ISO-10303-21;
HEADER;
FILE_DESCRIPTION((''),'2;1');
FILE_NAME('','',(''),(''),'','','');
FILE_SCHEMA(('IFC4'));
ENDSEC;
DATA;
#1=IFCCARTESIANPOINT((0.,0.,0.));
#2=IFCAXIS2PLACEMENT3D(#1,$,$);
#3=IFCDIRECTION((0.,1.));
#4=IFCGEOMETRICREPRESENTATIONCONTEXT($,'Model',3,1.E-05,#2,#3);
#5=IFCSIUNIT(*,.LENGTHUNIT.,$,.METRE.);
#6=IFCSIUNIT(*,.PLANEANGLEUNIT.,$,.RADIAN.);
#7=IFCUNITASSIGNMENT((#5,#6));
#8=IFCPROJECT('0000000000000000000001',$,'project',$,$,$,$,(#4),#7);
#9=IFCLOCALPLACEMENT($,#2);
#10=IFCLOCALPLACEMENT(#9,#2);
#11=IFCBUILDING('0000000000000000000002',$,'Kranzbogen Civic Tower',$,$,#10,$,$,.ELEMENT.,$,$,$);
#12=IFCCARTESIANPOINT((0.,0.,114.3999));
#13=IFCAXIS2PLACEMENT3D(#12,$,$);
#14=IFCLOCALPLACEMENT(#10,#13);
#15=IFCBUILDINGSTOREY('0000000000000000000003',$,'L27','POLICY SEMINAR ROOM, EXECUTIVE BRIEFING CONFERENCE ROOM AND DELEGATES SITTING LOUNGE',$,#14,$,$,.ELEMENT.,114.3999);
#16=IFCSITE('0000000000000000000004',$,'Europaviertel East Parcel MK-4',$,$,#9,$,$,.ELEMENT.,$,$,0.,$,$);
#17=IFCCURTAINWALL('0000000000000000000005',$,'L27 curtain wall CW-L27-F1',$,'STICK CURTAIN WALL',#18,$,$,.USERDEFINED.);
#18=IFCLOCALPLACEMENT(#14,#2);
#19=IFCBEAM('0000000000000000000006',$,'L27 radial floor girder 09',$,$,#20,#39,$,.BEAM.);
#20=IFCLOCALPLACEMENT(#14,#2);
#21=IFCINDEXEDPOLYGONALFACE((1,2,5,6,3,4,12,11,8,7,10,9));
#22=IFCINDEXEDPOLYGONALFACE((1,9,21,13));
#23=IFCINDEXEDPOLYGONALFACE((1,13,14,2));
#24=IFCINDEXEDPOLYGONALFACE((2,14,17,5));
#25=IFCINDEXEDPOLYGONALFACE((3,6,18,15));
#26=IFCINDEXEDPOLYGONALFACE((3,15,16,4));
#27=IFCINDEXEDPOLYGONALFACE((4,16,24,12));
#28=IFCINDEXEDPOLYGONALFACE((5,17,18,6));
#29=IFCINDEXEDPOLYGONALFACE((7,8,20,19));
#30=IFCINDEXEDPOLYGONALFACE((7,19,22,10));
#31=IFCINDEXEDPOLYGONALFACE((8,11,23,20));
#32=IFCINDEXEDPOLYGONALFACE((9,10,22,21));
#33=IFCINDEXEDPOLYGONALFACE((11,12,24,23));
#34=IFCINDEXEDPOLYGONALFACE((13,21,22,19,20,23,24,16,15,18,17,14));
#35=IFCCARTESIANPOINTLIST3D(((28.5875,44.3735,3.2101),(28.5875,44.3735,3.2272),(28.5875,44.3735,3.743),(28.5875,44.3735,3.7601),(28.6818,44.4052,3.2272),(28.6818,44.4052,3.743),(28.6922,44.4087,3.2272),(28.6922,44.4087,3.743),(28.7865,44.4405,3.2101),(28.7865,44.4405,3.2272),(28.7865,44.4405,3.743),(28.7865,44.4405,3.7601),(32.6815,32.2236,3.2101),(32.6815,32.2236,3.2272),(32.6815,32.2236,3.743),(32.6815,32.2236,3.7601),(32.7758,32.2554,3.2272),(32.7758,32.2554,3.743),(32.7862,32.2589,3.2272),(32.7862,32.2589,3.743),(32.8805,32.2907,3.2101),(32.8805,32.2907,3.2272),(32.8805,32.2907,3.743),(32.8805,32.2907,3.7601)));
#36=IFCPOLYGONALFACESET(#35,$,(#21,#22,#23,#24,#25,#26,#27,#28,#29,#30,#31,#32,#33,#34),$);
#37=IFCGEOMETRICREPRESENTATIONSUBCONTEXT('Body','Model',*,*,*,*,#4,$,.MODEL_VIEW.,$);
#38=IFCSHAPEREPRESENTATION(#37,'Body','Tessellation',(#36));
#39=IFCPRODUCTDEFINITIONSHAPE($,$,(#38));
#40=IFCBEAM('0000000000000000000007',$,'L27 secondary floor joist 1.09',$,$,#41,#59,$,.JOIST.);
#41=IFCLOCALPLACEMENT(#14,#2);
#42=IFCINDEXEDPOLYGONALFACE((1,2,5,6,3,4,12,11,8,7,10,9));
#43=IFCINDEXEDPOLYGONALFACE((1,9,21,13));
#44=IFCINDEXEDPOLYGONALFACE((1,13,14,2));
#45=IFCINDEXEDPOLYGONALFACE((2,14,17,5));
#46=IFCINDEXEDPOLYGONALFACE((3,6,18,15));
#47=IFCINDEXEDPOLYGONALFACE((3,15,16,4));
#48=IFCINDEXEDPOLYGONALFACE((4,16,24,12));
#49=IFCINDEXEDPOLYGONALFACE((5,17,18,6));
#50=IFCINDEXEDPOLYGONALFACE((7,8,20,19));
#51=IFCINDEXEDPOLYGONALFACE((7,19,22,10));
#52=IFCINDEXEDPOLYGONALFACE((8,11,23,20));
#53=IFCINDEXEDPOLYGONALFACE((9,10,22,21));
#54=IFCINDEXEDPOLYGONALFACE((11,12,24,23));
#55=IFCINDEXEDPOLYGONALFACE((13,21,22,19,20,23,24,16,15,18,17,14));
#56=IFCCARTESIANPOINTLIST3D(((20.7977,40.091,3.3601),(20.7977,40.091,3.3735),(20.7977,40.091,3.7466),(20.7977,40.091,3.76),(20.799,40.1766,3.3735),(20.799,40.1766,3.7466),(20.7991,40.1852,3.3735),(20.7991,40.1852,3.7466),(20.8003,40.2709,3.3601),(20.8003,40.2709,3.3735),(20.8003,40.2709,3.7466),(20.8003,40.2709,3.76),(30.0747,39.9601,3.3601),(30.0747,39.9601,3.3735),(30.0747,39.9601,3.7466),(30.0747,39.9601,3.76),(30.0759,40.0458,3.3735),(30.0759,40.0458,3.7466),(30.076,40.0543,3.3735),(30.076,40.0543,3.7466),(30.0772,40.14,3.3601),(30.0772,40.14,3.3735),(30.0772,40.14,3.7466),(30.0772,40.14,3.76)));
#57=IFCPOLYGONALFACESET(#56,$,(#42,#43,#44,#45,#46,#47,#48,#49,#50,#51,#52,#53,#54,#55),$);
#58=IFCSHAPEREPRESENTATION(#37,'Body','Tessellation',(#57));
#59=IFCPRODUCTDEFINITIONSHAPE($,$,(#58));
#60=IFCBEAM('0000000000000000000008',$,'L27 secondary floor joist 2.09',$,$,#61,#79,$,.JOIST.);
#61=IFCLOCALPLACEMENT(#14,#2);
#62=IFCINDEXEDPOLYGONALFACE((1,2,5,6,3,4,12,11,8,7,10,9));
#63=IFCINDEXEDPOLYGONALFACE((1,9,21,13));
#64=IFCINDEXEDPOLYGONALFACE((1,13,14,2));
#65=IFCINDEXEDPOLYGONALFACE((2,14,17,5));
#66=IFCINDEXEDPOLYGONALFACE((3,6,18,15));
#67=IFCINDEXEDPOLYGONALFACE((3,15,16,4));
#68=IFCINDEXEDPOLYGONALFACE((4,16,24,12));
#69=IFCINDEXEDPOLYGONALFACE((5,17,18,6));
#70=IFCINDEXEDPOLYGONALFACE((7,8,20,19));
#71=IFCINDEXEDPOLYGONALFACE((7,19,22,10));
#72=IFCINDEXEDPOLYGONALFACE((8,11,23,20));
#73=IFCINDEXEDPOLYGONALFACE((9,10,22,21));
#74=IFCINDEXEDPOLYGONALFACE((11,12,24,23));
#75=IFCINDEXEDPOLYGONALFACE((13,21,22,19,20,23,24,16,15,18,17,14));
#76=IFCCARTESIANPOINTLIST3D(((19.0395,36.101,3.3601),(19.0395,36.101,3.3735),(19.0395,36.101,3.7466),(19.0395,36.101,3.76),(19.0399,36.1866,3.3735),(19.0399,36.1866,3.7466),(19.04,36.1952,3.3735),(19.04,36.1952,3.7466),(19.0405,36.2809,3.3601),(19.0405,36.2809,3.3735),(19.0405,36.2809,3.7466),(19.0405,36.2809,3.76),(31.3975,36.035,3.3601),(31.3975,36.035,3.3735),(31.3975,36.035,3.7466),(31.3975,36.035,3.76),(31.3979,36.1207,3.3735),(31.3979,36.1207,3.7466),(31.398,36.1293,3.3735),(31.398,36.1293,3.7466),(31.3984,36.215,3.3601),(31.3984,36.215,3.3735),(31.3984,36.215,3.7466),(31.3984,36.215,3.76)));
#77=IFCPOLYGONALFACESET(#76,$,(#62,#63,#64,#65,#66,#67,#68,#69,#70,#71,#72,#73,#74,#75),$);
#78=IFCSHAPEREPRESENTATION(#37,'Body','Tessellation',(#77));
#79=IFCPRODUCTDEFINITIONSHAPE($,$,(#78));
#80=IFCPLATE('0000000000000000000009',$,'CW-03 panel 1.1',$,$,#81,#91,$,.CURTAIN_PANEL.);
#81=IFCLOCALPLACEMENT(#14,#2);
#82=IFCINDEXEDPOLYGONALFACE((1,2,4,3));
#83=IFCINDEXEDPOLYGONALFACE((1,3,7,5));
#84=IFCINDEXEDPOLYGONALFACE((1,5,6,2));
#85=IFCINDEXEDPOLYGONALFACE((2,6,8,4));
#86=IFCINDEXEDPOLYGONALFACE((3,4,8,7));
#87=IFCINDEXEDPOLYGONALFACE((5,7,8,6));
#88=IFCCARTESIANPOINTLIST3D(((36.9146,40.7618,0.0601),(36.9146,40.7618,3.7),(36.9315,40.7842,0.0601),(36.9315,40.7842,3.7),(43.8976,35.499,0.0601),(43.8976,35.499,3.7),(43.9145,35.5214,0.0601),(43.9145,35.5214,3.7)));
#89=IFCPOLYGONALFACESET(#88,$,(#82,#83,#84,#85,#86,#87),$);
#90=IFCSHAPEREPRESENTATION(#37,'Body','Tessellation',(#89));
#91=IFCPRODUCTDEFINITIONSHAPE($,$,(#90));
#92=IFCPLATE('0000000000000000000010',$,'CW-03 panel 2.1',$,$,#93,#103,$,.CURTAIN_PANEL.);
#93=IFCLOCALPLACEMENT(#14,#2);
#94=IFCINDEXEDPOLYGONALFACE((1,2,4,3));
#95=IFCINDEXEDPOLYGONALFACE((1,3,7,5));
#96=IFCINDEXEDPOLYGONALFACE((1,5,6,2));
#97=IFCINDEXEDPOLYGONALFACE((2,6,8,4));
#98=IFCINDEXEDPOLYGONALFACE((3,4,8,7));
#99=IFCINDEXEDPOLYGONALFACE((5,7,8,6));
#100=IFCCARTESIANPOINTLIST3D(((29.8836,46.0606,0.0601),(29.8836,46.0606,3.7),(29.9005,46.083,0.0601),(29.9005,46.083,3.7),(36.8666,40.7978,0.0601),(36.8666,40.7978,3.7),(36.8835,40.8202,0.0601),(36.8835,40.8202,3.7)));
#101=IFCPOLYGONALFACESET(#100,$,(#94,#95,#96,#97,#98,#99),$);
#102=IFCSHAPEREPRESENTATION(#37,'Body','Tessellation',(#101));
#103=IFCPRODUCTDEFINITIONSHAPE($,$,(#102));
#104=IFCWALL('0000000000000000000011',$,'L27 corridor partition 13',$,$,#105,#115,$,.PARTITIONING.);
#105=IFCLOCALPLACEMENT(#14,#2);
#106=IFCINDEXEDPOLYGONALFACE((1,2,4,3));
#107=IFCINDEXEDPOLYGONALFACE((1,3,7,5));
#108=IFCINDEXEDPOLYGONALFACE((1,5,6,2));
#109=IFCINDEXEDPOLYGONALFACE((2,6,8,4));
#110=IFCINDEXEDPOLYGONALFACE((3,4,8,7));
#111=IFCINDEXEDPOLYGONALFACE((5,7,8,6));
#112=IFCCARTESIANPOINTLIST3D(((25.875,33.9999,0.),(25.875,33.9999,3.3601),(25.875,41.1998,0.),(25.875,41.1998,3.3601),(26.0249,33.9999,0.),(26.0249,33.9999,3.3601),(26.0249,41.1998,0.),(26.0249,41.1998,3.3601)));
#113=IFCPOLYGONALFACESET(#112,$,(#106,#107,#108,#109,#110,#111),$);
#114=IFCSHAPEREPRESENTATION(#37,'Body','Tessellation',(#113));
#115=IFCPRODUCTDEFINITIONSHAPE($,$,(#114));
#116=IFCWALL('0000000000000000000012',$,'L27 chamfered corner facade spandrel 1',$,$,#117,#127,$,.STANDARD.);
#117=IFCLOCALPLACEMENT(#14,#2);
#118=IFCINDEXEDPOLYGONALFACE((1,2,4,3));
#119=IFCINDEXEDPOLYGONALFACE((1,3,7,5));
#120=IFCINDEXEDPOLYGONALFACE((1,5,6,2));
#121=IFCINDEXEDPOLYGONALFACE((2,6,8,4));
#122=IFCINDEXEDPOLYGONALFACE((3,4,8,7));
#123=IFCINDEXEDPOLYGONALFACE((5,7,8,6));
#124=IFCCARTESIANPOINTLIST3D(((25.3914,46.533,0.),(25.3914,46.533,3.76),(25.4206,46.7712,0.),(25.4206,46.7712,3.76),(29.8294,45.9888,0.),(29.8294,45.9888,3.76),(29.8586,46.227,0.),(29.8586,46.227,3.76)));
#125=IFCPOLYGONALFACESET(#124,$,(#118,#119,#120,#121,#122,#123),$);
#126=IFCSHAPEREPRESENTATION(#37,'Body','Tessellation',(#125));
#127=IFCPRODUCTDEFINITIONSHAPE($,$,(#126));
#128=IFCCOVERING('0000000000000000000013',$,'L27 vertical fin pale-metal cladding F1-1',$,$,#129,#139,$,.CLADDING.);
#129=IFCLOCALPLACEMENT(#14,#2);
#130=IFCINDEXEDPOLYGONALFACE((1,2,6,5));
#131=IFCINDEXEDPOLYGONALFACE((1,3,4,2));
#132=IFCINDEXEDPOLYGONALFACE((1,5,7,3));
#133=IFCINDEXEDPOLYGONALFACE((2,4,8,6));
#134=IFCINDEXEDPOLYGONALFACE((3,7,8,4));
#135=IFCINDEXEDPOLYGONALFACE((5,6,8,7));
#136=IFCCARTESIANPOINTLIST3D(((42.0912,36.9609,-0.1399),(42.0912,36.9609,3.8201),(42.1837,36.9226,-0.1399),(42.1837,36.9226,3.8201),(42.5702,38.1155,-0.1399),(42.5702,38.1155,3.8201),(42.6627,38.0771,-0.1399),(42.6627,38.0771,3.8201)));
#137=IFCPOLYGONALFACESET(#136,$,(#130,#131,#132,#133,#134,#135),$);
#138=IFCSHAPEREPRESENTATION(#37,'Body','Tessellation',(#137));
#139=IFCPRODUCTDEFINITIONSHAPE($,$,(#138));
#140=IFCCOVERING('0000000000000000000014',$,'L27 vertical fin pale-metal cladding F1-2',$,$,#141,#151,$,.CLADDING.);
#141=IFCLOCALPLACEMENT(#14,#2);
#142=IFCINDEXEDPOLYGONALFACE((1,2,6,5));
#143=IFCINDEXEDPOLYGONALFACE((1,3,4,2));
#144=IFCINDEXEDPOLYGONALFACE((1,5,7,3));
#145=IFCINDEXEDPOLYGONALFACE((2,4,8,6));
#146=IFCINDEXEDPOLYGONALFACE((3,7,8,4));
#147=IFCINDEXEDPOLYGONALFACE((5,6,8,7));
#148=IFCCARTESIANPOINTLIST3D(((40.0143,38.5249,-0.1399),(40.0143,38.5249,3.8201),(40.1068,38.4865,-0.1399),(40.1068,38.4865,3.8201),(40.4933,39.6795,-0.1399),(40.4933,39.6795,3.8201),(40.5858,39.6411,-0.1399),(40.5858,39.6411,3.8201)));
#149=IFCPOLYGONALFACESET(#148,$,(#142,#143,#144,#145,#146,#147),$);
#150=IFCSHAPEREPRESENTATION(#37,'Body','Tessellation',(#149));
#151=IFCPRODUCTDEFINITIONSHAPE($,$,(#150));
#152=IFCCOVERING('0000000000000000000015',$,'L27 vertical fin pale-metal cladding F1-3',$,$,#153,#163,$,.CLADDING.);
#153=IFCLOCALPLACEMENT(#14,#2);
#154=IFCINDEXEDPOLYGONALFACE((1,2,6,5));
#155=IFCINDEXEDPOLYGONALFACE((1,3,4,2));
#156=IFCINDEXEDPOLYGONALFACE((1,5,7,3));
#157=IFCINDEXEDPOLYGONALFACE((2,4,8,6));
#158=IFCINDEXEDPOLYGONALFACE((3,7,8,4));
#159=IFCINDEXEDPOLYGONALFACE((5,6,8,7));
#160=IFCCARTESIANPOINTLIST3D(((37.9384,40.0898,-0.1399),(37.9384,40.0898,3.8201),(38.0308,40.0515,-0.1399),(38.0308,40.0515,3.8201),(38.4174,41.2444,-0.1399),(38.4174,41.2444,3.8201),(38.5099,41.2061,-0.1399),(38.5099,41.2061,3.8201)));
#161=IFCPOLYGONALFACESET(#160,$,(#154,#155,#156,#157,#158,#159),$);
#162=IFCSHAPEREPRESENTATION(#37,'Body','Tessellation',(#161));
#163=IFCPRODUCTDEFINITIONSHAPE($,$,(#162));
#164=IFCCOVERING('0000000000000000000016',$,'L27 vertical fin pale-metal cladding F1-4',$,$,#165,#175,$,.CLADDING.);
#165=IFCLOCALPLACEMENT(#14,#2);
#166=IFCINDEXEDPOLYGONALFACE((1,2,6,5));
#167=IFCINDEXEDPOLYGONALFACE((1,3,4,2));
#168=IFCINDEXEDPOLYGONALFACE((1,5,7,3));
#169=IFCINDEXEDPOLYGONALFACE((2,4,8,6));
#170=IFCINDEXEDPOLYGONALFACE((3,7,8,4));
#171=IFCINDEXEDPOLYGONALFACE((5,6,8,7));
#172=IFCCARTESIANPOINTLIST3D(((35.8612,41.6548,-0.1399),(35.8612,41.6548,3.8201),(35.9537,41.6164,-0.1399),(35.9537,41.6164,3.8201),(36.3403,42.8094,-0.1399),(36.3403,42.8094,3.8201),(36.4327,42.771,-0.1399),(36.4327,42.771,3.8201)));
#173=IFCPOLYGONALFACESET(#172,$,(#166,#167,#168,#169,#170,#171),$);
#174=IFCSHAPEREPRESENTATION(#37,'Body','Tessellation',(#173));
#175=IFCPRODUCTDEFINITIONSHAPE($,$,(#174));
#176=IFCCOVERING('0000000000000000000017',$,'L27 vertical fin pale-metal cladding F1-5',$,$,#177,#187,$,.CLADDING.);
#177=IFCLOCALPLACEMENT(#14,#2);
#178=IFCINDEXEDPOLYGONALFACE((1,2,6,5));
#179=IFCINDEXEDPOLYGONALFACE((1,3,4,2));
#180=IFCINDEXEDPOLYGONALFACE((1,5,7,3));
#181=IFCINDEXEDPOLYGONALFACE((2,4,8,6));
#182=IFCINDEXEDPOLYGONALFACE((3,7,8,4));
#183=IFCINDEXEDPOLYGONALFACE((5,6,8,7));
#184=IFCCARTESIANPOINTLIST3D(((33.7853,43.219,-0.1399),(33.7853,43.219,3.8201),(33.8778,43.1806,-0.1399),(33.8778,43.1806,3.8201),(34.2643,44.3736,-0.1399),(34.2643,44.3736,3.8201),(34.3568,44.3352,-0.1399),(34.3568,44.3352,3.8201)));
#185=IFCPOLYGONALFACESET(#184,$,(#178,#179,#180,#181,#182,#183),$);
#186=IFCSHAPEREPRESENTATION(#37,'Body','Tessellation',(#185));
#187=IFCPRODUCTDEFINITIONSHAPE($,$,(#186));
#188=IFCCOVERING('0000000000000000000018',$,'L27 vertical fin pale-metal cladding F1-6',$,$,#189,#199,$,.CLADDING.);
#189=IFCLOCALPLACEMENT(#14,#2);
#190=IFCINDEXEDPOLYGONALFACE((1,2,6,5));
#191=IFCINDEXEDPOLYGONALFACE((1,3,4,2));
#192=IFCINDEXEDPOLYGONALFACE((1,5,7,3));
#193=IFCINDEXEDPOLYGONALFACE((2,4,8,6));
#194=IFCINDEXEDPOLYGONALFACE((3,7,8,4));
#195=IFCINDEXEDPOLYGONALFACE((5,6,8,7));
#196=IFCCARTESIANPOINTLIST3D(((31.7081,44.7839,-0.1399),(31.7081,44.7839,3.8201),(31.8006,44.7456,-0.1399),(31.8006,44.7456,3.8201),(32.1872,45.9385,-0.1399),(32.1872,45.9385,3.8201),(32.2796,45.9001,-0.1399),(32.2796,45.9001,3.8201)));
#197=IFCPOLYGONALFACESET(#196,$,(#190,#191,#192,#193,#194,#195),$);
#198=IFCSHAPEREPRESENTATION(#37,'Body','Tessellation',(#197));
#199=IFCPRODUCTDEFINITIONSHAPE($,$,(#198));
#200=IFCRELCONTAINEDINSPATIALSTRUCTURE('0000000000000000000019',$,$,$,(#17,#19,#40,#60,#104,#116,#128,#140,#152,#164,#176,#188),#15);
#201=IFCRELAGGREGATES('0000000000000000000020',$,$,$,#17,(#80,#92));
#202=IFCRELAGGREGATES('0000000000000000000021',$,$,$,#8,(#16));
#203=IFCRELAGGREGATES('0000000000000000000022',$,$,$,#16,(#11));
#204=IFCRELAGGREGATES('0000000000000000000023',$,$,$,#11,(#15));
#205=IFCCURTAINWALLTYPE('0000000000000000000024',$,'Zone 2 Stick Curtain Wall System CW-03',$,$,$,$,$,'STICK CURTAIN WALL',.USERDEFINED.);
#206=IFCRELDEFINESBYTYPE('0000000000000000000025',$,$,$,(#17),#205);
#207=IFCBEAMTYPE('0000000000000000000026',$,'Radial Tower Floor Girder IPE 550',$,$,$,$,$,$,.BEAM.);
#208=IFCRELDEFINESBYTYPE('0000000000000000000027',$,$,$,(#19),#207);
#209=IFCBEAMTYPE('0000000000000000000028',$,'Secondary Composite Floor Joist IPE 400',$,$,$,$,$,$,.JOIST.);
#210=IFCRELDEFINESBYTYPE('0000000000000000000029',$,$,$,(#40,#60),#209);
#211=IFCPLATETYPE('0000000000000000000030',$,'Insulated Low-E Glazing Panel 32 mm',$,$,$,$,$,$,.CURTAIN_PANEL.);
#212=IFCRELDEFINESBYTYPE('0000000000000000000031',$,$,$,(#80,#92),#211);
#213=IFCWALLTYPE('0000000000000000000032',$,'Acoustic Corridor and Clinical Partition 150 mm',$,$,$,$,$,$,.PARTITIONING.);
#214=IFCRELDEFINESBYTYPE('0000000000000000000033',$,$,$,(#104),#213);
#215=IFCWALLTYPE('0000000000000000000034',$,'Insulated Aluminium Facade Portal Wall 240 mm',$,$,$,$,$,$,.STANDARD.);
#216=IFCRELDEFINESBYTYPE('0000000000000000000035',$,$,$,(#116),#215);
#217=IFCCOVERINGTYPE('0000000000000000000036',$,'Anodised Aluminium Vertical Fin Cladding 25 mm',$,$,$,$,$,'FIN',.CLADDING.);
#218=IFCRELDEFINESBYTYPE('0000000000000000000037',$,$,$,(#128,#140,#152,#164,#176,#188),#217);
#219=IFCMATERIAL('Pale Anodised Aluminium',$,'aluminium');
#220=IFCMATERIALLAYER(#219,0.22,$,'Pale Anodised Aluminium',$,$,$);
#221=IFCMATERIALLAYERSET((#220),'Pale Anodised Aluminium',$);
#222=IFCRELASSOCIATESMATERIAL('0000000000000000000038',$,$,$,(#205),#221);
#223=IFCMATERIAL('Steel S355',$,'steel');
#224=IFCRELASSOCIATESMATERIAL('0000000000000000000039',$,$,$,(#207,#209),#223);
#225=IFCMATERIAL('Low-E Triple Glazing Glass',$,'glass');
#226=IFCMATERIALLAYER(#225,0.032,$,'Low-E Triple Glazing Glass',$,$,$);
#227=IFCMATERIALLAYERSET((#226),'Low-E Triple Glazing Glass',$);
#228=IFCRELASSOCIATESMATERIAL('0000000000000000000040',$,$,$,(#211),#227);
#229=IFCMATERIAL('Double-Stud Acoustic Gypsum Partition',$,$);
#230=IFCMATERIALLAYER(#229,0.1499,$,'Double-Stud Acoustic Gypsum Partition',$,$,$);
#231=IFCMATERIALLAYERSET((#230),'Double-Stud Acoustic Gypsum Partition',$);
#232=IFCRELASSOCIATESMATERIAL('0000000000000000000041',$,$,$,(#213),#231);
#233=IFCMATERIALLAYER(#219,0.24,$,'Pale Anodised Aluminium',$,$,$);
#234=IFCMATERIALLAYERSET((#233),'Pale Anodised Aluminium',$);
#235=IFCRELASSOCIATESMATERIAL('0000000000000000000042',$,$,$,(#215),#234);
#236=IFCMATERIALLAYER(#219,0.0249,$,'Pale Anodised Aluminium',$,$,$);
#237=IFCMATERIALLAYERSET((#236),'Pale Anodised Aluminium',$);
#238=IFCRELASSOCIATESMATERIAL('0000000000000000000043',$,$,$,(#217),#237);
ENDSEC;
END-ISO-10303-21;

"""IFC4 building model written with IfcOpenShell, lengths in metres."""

from ifc_helpers import new_model, si_unit, direction, frame, frame_2d, origin, origin_2d, place, context, subcontext, project, spatial, rectangle, i_section, extrude, material, layer, layer_set, material_profile, profile_set, type_object, element, aggregate, save


model = new_model("IFC4")

# Units and contexts
model_context = context("Model", 3, precision=1e-05, world=origin(), true_north=direction((0.0, 1.0)))
body_context = subcontext(model_context, "Body", "Model", "MODEL_VIEW")
ifc_project = project(units=[si_unit("LENGTHUNIT", "METRE"), si_unit("PLANEANGLEUNIT", "RADIAN")], contexts=[model_context])

# Site, building, storey
site_placement = place(None, origin())
site = spatial("IfcSite", under=ifc_project, at=site_placement, Name="Europaviertel East Parcel MK-4", CompositionType="ELEMENT", RefElevation=0.0)
building_placement = place(site_placement, origin())
building = spatial("IfcBuilding", under=site, at=building_placement, Name="Kranzbogen Civic Tower", CompositionType="ELEMENT")
storey_placement = place(building_placement, frame((0.0, 0.0, 114.3999)))
storey = spatial("IfcBuildingStorey", under=building, at=storey_placement, Name="L27", Description="POLICY SEMINAR ROOM, EXECUTIVE BRIEFING CONFERENCE ROOM AND DELEGATES SITTING LOUNGE", CompositionType="ELEMENT", Elevation=114.3999)

# Curtain wall
ifc_material_1 = material(Name="Pale Anodised Aluminium", Category="aluminium")
ifc_layer_1 = layer(ifc_material_1, 0.22, Name="Pale Anodised Aluminium")
ifc_layer_set_1 = layer_set([ifc_layer_1], Name="Pale Anodised Aluminium")
curtain_wall_type = type_object("IfcCurtainWallType", Name="Zone 2 Stick Curtain Wall System CW-03", ElementType="STICK CURTAIN WALL", PredefinedType="USERDEFINED", material=ifc_layer_set_1)
curtain_wall_placement = place(storey_placement, origin())
curtain_wall = element("IfcCurtainWall", 1, at=curtain_wall_placement, inside=storey, type_object=curtain_wall_type, Name="L27 curtain wall CW-L27-F1", ObjectType="STICK CURTAIN WALL", PredefinedType="USERDEFINED")

# Beams
ifc_material_2 = material(Name="Steel S355", Category="steel")
ifc_material_profile_1 = material_profile(ifc_material_2, i_section(OverallWidth=0.21, OverallDepth=0.55, WebThickness=0.011, FlangeThickness=0.0171, at=origin_2d()), Name="IPE 550")
ifc_profile_set_1 = profile_set([ifc_material_profile_1], Name="Steel S355")
beam_type_1 = type_object("IfcBeamType", Name="Radial Tower Floor Girder IPE 550", PredefinedType="BEAM", material=ifc_profile_set_1)
beam_1_placement = place(storey_placement, frame((28.687, 44.407, 3.4851), z_axis=(0.319317, -0.947648, 0.0), x_axis=(0.947648, 0.319317, 0.0)))
element("IfcBeam", 2, at=beam_1_placement, inside=storey, type_object=beam_type_1, Name="L27 radial floor girder 09", PredefinedType="BEAM", context=body_context, shape_type="SweptSolid", body=[
    extrude(i_section(OverallWidth=0.21, OverallDepth=0.55, WebThickness=0.011, FlangeThickness=0.0171, at=origin_2d()), origin(), (0.0, 0.0, 1.0), 12.821),
])
ifc_material_profile_2 = material_profile(ifc_material_2, i_section(OverallWidth=0.1799, OverallDepth=0.3999, WebThickness=0.0085, FlangeThickness=0.0134, at=origin_2d()), Name="IPE 400")
ifc_profile_set_2 = profile_set([ifc_material_profile_2], Name="Steel S355")
beam_type_2 = type_object("IfcBeamType", Name="Secondary Composite Floor Joist IPE 400", PredefinedType="JOIST", material=ifc_profile_set_2)
beam_2_placement = place(storey_placement, frame((30.0759, 40.05, 3.5601), z_axis=(-0.999901, 0.014105, 0.0), x_axis=(-0.014105, -0.999901, 0.0)))
element("IfcBeam", 3, at=beam_2_placement, inside=storey, type_object=beam_type_2, Name="L27 secondary floor joist 1.09", PredefinedType="JOIST", context=body_context, shape_type="SweptSolid", body=[
    extrude(i_section(OverallWidth=0.1799, OverallDepth=0.3999, WebThickness=0.0085, FlangeThickness=0.0134, at=origin_2d()), origin(), (0.0, 0.0, 1.0), 9.2778),
])
beam_3_placement = place(storey_placement, frame((31.3979, 36.125, 3.5601), z_axis=(-0.999986, 0.005334, 0.0), x_axis=(-0.005334, -0.999986, 0.0)))
element("IfcBeam", 4, at=beam_3_placement, inside=storey, type_object=beam_type_2, Name="L27 secondary floor joist 2.09", PredefinedType="JOIST", context=body_context, shape_type="SweptSolid", body=[
    extrude(i_section(OverallWidth=0.1799, OverallDepth=0.3999, WebThickness=0.0085, FlangeThickness=0.0134, at=origin_2d()), origin(), (0.0, 0.0, 1.0), 12.3582),
])

# Plates
ifc_material_3 = material(Name="Low-E Triple Glazing Glass", Category="glass")
ifc_layer_2 = layer(ifc_material_3, 0.032, Name="Low-E Triple Glazing Glass")
ifc_layer_set_2 = layer_set([ifc_layer_2], Name="Low-E Triple Glazing Glass")
plate_type = type_object("IfcPlateType", Name="Insulated Low-E Glazing Panel 32 mm", PredefinedType="CURTAIN_PANEL", material=ifc_layer_set_2)
plate_1_placement = place(storey_placement, frame((40.4146, 38.1416, 0.0601), z_axis=(0.0, 0.0, 1.0), x_axis=(-0.798599, 0.601864, 0.0)))
plate_1 = element("IfcPlate", 5, at=plate_1_placement, type_object=plate_type, Name="CW-03 panel 1.1", PredefinedType="CURTAIN_PANEL", context=body_context, shape_type="SweptSolid", body=[
    extrude(rectangle(XDim=8.7441, YDim=0.0281, at=origin_2d()), origin(), (0.0, 0.0, 1.0), 3.6399),
])
plate_2_placement = place(storey_placement, frame((33.3835, 43.4404, 0.0601), z_axis=(0.0, 0.0, 1.0), x_axis=(-0.798599, 0.601864, 0.0)))
plate_2 = element("IfcPlate", 6, at=plate_2_placement, type_object=plate_type, Name="CW-03 panel 2.1", PredefinedType="CURTAIN_PANEL", context=body_context, shape_type="SweptSolid", body=[
    extrude(rectangle(XDim=8.7441, YDim=0.0281, at=origin_2d()), origin(), (0.0, 0.0, 1.0), 3.6399),
])
aggregate(curtain_wall, [plate_1, plate_2])

# Walls
ifc_material_4 = material(Name="Double-Stud Acoustic Gypsum Partition")
ifc_layer_3 = layer(ifc_material_4, 0.1499, Name="Double-Stud Acoustic Gypsum Partition")
ifc_layer_set_3 = layer_set([ifc_layer_3], Name="Double-Stud Acoustic Gypsum Partition")
wall_type_1 = type_object("IfcWallType", Name="Acoustic Corridor and Clinical Partition 150 mm", PredefinedType="PARTITIONING", material=ifc_layer_set_3)
wall_1_placement = place(storey_placement, frame((25.95, 41.2, 0.0), z_axis=(0.0, 0.0, 1.0), x_axis=(0.0, -1.0, 0.0)))
element("IfcWall", 7, at=wall_1_placement, inside=storey, type_object=wall_type_1, Name="L27 corridor partition 13", PredefinedType="PARTITIONING", context=body_context, shape_type="SweptSolid", body=[
    extrude(rectangle(XDim=7.2, YDim=0.1499, at=frame_2d((3.6001, 0.0))), origin(), (0.0, 0.0, 1.0), 3.3601),
])
ifc_layer_4 = layer(ifc_material_1, 0.24, Name="Pale Anodised Aluminium")
ifc_layer_set_4 = layer_set([ifc_layer_4], Name="Pale Anodised Aluminium")
wall_type_2 = type_object("IfcWallType", Name="Insulated Aluminium Facade Portal Wall 240 mm", PredefinedType="STANDARD", material=ifc_layer_set_4)
wall_2_placement = place(storey_placement, frame((29.844, 46.1079, 0.0), z_axis=(0.0, 0.0, 1.0), x_axis=(-0.992566, 0.121709, 0.0)))
element("IfcWall", 8, at=wall_2_placement, inside=storey, type_object=wall_type_2, Name="L27 chamfered corner facade spandrel 1", PredefinedType="STANDARD", context=body_context, shape_type="SweptSolid", body=[
    extrude(rectangle(XDim=4.4712, YDim=0.24, at=frame_2d((2.2356, 0.0))), origin(), (0.0, 0.0, 1.0), 3.76),
])

# Coverings
ifc_layer_5 = layer(ifc_material_1, 0.0249, Name="Pale Anodised Aluminium")
ifc_layer_set_5 = layer_set([ifc_layer_5], Name="Pale Anodised Aluminium")
covering_type = type_object("IfcCoveringType", Name="Anodised Aluminium Vertical Fin Cladding 25 mm", ElementType="FIN", PredefinedType="CLADDING", material=ifc_layer_set_5)
for number, where, z_axis, x_axis, name in (
    (9, (42.377, 37.519, -0.1399), (0.0, 0.0, 1.0), (0.383232, 0.923652, 0.0), "L27 vertical fin pale-metal cladding F1-1"),
    (10, (40.3, 39.083, -0.1399), (0.0, 0.0, 1.0), (0.383232, 0.923652, 0.0), "L27 vertical fin pale-metal cladding F1-2"),
    (11, (38.2241, 40.6479, -0.1399), (0.0, 0.0, 1.0), (0.383232, 0.923652, 0.0), "L27 vertical fin pale-metal cladding F1-3"),
    (12, (36.147, 42.2129, -0.1399), (0.0, 0.0, 1.0), (0.383232, 0.923652, 0.0), "L27 vertical fin pale-metal cladding F1-4"),
    (13, (34.071, 43.7771, -0.1399), (0.0, 0.0, 1.0), (0.383232, 0.923652, 0.0), "L27 vertical fin pale-metal cladding F1-5"),
    (14, (31.9939, 45.342, -0.1399), (0.0, 0.0, 1.0), (0.383232, 0.923652, 0.0), "L27 vertical fin pale-metal cladding F1-6"),
):
    element("IfcCovering", number, at=place(storey_placement, frame(where, z_axis=z_axis, x_axis=x_axis)), inside=storey, type_object=covering_type, Name=name, PredefinedType="CLADDING", context=body_context, shape_type="SweptSolid", body=[
        extrude(rectangle(XDim=1.25, YDim=0.1001, at=origin_2d()), origin(), (0.0, 0.0, 1.0), 3.96),
    ])

save(model, "model.ifc")
